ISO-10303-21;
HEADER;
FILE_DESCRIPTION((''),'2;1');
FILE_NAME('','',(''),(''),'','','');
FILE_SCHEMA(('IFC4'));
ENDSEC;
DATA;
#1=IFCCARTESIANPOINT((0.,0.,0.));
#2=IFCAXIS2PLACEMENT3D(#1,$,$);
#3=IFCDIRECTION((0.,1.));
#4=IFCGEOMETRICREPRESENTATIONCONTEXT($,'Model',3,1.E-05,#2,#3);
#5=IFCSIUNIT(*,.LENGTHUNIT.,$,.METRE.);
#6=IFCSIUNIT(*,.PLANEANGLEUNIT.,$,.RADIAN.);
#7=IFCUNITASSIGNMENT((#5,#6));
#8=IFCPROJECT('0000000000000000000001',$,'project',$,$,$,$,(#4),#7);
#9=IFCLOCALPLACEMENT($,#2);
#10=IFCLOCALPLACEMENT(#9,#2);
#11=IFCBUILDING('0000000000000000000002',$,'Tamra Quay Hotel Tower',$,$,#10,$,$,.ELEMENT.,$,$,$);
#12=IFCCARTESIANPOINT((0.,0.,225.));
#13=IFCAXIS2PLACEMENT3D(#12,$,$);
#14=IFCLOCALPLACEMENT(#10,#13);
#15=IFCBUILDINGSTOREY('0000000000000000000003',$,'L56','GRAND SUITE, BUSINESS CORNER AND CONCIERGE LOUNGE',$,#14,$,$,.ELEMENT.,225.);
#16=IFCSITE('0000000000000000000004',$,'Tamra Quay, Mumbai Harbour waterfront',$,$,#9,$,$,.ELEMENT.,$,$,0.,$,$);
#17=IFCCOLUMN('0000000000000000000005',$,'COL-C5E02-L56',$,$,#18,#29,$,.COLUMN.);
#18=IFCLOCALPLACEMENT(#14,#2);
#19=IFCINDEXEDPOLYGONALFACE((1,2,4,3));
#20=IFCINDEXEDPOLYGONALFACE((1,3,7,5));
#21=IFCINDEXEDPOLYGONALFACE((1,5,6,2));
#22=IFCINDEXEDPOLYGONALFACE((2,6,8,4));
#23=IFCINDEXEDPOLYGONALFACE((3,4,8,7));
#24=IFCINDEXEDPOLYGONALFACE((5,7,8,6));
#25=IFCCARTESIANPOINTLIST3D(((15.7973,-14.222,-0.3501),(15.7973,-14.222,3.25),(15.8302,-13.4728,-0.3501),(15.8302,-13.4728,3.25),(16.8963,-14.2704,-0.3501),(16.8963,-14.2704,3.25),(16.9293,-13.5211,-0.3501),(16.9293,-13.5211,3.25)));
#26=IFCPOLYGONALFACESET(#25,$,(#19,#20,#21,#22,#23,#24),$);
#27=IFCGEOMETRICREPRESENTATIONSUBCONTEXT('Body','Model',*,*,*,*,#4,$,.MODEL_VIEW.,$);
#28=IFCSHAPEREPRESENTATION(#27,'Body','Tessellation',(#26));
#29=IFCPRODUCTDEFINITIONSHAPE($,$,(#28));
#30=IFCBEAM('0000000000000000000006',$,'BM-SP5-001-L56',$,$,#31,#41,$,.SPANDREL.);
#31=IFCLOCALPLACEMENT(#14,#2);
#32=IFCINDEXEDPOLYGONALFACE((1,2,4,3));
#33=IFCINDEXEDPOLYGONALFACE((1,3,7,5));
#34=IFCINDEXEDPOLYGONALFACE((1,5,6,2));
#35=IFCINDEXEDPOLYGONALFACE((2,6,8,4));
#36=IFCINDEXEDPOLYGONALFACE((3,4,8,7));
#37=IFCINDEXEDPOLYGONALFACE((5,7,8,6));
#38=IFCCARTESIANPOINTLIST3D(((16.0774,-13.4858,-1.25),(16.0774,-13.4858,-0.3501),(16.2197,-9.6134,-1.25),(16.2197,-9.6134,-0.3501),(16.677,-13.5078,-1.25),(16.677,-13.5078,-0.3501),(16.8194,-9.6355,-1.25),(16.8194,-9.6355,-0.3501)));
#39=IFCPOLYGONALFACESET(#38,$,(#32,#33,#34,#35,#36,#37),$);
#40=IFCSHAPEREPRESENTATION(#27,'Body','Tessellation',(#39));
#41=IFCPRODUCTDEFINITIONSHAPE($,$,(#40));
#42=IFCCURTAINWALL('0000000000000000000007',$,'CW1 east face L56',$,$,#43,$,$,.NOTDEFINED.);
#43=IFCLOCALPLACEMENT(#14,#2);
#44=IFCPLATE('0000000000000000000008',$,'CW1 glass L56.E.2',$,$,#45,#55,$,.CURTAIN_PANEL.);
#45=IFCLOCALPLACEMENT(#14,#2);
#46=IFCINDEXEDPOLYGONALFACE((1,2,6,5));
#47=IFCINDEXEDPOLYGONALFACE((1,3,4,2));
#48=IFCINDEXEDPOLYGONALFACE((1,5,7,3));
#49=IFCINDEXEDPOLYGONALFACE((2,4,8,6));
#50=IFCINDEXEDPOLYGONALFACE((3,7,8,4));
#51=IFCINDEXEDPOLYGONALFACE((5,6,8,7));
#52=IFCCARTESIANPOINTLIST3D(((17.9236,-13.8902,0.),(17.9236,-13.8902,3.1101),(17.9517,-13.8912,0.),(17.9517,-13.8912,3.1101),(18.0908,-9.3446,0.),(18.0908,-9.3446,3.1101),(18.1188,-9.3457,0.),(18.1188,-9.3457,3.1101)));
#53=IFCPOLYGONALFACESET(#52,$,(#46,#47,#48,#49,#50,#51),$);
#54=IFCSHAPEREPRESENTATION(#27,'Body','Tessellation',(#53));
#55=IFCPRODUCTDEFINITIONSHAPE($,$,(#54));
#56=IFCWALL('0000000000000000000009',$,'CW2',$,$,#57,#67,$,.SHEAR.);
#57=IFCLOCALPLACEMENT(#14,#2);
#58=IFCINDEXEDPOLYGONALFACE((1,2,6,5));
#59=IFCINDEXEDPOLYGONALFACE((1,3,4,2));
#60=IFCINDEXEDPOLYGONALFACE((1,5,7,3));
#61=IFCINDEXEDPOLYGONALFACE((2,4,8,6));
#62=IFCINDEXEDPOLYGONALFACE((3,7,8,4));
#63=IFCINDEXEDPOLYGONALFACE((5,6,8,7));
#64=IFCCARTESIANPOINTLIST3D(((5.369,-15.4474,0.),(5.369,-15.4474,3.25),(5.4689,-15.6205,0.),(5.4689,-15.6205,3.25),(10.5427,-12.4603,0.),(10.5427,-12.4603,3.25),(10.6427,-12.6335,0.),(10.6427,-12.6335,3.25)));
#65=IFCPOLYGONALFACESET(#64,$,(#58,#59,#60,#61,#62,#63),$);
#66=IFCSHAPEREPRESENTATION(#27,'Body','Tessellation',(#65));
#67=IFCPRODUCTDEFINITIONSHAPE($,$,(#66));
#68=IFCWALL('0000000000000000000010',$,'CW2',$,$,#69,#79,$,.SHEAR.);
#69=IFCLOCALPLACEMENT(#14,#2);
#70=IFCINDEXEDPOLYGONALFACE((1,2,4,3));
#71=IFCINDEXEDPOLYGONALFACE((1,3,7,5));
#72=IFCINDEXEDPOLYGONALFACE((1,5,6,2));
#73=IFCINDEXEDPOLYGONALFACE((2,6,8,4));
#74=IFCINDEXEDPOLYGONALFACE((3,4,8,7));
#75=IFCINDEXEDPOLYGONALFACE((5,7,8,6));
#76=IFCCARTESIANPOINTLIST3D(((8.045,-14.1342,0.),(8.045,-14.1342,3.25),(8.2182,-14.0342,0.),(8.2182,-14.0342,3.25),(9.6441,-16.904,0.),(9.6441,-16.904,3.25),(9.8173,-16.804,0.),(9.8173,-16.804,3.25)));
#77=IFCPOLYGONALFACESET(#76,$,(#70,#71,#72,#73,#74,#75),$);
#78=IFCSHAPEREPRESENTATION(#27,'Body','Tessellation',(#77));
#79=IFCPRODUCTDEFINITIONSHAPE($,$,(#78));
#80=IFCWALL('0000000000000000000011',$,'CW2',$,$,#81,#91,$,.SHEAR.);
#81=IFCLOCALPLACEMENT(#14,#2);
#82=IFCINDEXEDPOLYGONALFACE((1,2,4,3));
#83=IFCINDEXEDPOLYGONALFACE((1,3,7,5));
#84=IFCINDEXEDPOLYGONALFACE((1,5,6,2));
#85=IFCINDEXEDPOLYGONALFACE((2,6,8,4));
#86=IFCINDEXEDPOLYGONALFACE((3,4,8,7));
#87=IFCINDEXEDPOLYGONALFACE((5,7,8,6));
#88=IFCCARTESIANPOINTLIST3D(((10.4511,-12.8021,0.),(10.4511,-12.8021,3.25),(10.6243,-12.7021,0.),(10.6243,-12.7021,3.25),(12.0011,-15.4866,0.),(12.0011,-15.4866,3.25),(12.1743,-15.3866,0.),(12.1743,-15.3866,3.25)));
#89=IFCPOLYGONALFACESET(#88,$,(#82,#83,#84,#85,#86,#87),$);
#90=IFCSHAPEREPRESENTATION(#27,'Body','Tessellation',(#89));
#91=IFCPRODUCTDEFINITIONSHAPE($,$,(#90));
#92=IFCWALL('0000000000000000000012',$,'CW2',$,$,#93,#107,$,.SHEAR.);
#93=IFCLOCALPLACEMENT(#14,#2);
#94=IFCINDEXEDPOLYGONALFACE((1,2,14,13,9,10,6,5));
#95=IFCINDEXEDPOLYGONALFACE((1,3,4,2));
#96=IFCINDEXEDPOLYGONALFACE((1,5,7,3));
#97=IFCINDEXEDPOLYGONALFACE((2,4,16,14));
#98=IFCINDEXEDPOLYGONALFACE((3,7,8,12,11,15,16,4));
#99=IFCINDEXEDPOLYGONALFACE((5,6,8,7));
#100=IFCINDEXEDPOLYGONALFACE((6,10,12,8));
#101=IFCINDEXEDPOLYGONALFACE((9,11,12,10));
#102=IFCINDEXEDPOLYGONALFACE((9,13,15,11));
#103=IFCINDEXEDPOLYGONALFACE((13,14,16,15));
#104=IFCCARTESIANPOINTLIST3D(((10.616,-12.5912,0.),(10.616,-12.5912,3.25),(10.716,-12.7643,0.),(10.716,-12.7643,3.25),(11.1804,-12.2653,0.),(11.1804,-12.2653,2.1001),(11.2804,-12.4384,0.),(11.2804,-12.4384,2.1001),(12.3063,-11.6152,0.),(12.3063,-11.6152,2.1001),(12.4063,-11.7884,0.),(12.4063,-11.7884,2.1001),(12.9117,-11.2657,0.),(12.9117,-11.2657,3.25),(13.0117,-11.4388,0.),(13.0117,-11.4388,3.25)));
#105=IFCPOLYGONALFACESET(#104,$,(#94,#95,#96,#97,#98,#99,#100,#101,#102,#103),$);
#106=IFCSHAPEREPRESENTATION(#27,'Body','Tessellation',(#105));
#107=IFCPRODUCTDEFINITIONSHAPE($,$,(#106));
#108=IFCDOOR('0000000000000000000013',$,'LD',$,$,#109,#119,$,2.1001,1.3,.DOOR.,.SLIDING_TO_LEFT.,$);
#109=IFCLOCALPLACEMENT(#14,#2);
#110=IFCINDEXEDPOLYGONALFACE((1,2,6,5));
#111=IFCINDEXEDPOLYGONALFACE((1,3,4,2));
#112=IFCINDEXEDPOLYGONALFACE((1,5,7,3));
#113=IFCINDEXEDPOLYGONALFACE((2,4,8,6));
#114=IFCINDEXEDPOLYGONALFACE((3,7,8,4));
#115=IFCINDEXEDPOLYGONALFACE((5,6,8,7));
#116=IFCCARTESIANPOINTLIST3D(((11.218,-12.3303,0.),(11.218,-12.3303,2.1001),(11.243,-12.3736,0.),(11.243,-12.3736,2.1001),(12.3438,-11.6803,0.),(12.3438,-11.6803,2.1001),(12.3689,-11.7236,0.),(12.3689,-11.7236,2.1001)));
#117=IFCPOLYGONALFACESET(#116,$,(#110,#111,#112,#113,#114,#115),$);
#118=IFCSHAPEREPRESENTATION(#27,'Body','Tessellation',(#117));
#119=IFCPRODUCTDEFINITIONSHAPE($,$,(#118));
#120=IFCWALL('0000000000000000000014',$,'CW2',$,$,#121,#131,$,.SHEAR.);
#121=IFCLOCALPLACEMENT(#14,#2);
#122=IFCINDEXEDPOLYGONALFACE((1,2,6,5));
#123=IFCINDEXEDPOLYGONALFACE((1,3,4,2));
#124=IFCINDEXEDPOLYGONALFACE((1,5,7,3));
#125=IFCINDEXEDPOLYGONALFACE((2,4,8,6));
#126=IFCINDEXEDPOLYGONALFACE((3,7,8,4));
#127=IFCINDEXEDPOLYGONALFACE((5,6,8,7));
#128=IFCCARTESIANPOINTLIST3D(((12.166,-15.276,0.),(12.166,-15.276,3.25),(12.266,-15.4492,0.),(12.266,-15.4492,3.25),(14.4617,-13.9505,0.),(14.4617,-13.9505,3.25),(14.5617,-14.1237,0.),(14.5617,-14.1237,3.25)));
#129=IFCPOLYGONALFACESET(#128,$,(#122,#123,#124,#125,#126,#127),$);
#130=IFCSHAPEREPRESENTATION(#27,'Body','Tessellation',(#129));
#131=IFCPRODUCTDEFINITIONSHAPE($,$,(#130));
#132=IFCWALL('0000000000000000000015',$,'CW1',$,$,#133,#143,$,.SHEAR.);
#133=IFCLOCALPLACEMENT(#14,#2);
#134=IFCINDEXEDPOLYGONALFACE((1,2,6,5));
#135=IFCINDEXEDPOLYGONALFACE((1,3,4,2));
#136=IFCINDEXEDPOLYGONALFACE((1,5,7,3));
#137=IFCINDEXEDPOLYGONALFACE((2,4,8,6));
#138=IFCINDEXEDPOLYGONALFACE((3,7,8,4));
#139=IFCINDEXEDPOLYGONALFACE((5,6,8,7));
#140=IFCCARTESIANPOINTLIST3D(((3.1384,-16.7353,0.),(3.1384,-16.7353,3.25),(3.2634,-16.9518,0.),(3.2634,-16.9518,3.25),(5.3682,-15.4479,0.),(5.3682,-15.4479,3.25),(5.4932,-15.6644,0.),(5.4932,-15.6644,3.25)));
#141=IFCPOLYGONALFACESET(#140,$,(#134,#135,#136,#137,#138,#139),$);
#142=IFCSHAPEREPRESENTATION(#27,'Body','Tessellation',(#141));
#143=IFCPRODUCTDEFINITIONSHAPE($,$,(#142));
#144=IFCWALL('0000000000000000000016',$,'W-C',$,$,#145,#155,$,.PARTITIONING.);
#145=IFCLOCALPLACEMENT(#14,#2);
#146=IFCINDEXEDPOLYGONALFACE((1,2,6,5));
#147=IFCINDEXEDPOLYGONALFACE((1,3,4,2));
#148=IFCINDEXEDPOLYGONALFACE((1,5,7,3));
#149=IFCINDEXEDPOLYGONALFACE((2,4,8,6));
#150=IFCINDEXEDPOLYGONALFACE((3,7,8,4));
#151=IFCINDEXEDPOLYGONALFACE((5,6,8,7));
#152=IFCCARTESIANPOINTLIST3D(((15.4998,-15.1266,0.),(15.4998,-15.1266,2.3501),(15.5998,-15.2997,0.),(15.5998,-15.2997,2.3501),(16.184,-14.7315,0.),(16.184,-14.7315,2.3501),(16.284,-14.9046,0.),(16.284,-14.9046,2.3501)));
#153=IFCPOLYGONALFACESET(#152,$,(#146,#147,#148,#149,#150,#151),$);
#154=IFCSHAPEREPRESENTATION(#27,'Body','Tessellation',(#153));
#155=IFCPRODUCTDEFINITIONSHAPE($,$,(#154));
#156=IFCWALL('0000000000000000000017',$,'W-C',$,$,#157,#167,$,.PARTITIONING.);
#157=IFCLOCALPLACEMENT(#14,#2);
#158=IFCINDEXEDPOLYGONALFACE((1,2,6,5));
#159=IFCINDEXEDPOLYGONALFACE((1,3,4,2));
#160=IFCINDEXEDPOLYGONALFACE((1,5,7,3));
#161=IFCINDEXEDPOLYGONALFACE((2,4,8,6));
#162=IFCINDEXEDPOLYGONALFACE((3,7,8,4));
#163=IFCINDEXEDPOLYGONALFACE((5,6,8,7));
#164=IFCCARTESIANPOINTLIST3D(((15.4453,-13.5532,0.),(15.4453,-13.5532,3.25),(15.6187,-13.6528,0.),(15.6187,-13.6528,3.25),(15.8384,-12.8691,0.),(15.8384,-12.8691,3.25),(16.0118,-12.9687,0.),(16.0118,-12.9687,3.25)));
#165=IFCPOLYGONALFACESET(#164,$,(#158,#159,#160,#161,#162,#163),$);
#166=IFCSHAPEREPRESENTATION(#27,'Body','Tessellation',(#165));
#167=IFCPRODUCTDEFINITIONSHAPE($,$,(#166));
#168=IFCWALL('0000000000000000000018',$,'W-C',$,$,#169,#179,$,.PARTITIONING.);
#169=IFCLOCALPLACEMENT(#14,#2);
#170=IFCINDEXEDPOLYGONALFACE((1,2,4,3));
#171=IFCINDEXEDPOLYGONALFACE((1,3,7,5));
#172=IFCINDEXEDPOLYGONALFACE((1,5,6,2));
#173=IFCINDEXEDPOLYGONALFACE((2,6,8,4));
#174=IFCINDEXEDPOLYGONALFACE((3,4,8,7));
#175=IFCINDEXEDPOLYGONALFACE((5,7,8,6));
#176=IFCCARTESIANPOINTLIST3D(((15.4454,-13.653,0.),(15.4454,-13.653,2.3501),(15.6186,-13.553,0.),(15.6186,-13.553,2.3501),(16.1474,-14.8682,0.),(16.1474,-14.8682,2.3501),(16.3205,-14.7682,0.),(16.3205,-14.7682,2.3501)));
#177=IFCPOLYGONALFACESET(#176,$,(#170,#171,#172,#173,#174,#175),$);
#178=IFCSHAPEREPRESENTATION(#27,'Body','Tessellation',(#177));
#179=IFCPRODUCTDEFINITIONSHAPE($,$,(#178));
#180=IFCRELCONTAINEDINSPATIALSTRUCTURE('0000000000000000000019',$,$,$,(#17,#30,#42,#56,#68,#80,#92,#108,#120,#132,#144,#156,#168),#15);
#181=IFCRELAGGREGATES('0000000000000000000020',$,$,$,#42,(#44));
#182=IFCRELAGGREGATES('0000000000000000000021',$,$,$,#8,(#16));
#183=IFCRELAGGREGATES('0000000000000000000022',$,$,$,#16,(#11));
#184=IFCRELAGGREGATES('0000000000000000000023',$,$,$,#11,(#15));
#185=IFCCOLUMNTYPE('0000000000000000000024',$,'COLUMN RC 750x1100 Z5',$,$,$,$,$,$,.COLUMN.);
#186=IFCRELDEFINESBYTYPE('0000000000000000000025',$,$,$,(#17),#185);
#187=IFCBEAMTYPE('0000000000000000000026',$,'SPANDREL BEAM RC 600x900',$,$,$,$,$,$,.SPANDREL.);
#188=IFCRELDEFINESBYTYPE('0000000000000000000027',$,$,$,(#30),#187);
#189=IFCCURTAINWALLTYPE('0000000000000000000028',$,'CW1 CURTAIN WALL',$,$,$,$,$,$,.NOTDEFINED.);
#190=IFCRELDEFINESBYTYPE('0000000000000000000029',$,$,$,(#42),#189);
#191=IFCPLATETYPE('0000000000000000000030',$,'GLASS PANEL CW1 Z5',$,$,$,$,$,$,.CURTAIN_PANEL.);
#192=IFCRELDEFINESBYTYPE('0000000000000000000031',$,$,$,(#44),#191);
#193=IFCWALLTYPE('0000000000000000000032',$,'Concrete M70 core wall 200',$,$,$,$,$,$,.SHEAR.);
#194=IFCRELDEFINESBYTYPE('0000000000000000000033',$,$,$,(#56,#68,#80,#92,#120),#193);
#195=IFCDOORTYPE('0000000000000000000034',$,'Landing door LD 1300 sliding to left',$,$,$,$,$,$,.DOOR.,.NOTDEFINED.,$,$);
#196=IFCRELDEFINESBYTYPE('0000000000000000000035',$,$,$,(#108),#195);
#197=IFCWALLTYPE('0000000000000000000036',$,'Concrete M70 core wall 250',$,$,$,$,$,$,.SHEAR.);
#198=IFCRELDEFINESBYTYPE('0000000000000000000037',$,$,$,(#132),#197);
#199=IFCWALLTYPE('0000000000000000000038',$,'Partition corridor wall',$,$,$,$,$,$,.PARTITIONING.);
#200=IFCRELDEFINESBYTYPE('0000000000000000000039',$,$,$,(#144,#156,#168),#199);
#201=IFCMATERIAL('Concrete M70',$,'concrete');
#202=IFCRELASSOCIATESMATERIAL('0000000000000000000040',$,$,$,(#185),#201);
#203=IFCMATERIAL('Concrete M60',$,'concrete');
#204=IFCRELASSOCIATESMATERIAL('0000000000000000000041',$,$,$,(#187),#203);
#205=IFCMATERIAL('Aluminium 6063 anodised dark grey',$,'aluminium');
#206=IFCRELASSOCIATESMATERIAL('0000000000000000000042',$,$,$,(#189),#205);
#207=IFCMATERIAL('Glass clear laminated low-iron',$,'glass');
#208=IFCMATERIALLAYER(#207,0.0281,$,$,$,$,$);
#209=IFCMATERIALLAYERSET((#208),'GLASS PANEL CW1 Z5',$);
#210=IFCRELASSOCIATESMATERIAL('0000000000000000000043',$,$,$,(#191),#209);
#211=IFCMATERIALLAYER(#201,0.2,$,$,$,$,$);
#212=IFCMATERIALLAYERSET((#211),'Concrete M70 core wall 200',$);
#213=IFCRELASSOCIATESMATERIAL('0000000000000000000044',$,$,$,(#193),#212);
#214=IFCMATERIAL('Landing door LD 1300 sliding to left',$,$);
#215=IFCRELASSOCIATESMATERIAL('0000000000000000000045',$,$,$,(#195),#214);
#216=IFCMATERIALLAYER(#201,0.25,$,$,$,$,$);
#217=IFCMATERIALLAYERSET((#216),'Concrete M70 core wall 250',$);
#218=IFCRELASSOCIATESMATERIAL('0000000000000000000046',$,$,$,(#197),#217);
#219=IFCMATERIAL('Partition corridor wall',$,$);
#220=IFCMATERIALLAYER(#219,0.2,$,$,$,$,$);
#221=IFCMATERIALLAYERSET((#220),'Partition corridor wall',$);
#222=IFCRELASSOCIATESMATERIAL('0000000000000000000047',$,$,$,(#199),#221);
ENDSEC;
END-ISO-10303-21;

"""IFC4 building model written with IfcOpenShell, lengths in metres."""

from ifc_helpers import new_model, si_unit, direction, frame, frame_2d, origin, origin_2d, place, context, subcontext, project, spatial, rectangle, extrude, material, layer, layer_set, material_profile, profile_set, type_object, element, fill, aggregate, save


model = new_model("IFC4")

# Units and contexts
model_context = context("Model", 3, precision=1e-05, world=origin(), true_north=direction((0.0, 1.0)))
body_context = subcontext(model_context, "Body", "Model", "MODEL_VIEW")
ifc_project = project(units=[si_unit("LENGTHUNIT", "METRE"), si_unit("PLANEANGLEUNIT", "RADIAN")], contexts=[model_context])

# Site, building, storey
site_placement = place(None, origin())
site = spatial("IfcSite", under=ifc_project, at=site_placement, Name="Tamra Quay, Mumbai Harbour waterfront", CompositionType="ELEMENT", RefElevation=0.0)
building_placement = place(site_placement, origin())
building = spatial("IfcBuilding", under=site, at=building_placement, Name="Tamra Quay Hotel Tower", CompositionType="ELEMENT")
storey_placement = place(building_placement, frame((0.0, 0.0, 225.0)))
storey = spatial("IfcBuildingStorey", under=building, at=storey_placement, Name="L56", Description="GRAND SUITE, BUSINESS CORNER AND CONCIERGE LOUNGE", CompositionType="ELEMENT", Elevation=225.0)

# Column
ifc_material_1 = material(Name="Concrete M70", Category="concrete")
ifc_material_profile_1 = material_profile(ifc_material_1, rectangle(XDim=1.1001, YDim=0.75, at=origin_2d()), Name="COLUMN RC 750x1100 Z5")
ifc_profile_set_1 = profile_set([ifc_material_profile_1], Name="Concrete M70")
column_type = type_object("IfcColumnType", Name="COLUMN RC 750x1100 Z5", PredefinedType="COLUMN", material=ifc_profile_set_1)
column_placement = place(storey_placement, frame((16.3633, -13.8716, -0.3501), z_axis=(0.0, 0.0, 1.0), x_axis=(-0.999033, 0.043958, 0.0)))
element("IfcColumn", 1, at=column_placement, inside=storey, type_object=column_type, Name="COL-C5E02-L56", PredefinedType="COLUMN", context=body_context, shape_type="SweptSolid", body=[
    extrude(rectangle(XDim=1.1001, YDim=0.75, at=origin_2d()), origin(), (0.0, 0.0, 1.0), 3.6001),
])

# Beam
ifc_material_2 = material(Name="Concrete M60", Category="concrete")
ifc_material_profile_2 = material_profile(ifc_material_2, rectangle(XDim=0.6001, YDim=0.8999, at=origin_2d()), Name="SPANDREL BEAM RC 600x900")
ifc_profile_set_2 = profile_set([ifc_material_profile_2], Name="Concrete M60")
beam_type = type_object("IfcBeamType", Name="SPANDREL BEAM RC 600x900", PredefinedType="SPANDREL", material=ifc_profile_set_2)
beam_placement = place(storey_placement, frame((16.3772, -13.4968, -0.8), z_axis=(0.036732, 0.999325, 0.0), x_axis=(-0.999325, 0.036732, 0.0)))
element("IfcBeam", 2, at=beam_placement, inside=storey, type_object=beam_type, Name="BM-SP5-001-L56", PredefinedType="SPANDREL", context=body_context, shape_type="SweptSolid", body=[
    extrude(rectangle(XDim=0.6001, YDim=0.8999, at=origin_2d()), origin(), (0.0, 0.0, 1.0), 3.875),
])

# Curtain wall, plate
ifc_material_3 = material(Name="Aluminium 6063 anodised dark grey", Category="aluminium")
curtain_wall_type = type_object("IfcCurtainWallType", Name="CW1 CURTAIN WALL", PredefinedType="NOTDEFINED", material=ifc_material_3)
curtain_wall_placement = place(storey_placement, origin())
curtain_wall = element("IfcCurtainWall", 3, at=curtain_wall_placement, inside=storey, type_object=curtain_wall_type, Name="CW1 east face L56", PredefinedType="NOTDEFINED")
ifc_material_4 = material(Name="Glass clear laminated low-iron", Category="glass")
ifc_layer_1 = layer(ifc_material_4, 0.0281)
ifc_layer_set_1 = layer_set([ifc_layer_1], Name="GLASS PANEL CW1 Z5")
plate_type = type_object("IfcPlateType", Name="GLASS PANEL CW1 Z5", PredefinedType="CURTAIN_PANEL", material=ifc_layer_set_1)
plate_placement = place(storey_placement, frame((18.0212, -11.6179, 0.0), z_axis=(0.0, 0.0, 1.0), x_axis=(0.036745, 0.999325, 0.0)))
plate = element("IfcPlate", 4, at=plate_placement, type_object=plate_type, Name="CW1 glass L56.E.2", PredefinedType="CURTAIN_PANEL", context=body_context, shape_type="SweptSolid", body=[
    extrude(rectangle(XDim=4.5486, YDim=0.0281, at=origin_2d()), origin(), (0.0, 0.0, 1.0), 3.1101),
])
aggregate(curtain_wall, [plate])

# Walls
ifc_layer_2 = layer(ifc_material_1, 0.2)
ifc_layer_set_2 = layer_set([ifc_layer_2], Name="Concrete M70 core wall 200")
wall_type_1 = type_object("IfcWallType", Name="Concrete M70 core wall 200", PredefinedType="SHEAR", material=ifc_layer_set_2)
wall_1_placement = place(storey_placement, frame((5.4189, -15.5339, 0.0), z_axis=(0.0, 0.0, 1.0), x_axis=(0.866029, 0.499994, 0.0)))
element("IfcWall", 5, at=wall_1_placement, inside=storey, type_object=wall_type_1, Name="CW2", PredefinedType="SHEAR", context=body_context, shape_type="SweptSolid", body=[
    extrude(rectangle(XDim=5.9741, YDim=0.2, at=frame_2d((2.9871, 0.0))), origin(), (0.0, 0.0, 1.0), 3.25),
])
wall_2_placement = place(storey_placement, frame((8.1316, -14.0842, 0.0), z_axis=(0.0, 0.0, 1.0), x_axis=(0.499998, -0.866027, 0.0)))
element("IfcWall", 6, at=wall_2_placement, inside=storey, type_object=wall_type_1, Name="CW2", PredefinedType="SHEAR", context=body_context, shape_type="SweptSolid", body=[
    extrude(rectangle(XDim=3.1982, YDim=0.2, at=frame_2d((1.5991, 0.0))), origin(), (0.0, 0.0, 1.0), 3.25),
])
wall_3_placement = place(storey_placement, frame((12.0876, -15.4365, 0.0), z_axis=(0.0, 0.0, 1.0), x_axis=(-0.500027, 0.86601, 0.0)))
element("IfcWall", 7, at=wall_3_placement, inside=storey, type_object=wall_type_1, Name="CW2", PredefinedType="SHEAR", context=body_context, shape_type="SweptSolid", body=[
    extrude(rectangle(XDim=3.0999, YDim=0.2, at=frame_2d((1.5498, 0.0))), origin(), (0.0, 0.0, 1.0), 3.25),
])

# Wall, opening, door
wall_4_placement = place(storey_placement, frame((10.666, -12.6777, 0.0), z_axis=(0.0, 0.0, 1.0), x_axis=(0.866018, 0.500012, 0.0)))
wall_4 = element("IfcWall", 8, at=wall_4_placement, inside=storey, type_object=wall_type_1, Name="CW2", PredefinedType="SHEAR", context=body_context, shape_type="SweptSolid", body=[
    extrude(rectangle(XDim=2.6509, YDim=0.2, at=frame_2d((1.3254, 0.0))), origin(), (0.0, 0.0, 1.0), 3.25),
])
opening_placement = place(wall_4_placement, frame((0.6519, 0.0, 0.0)))
opening = element("IfcOpeningElement", 9, at=opening_placement, cuts=wall_4, PredefinedType="OPENING", context=body_context, shape_type="SweptSolid", body=[
    extrude(rectangle(XDim=1.3, YDim=2.1001, at=frame_2d((0.6499, 1.05))), frame((0.0, 0.1099, 0.0), z_axis=(0.0, -1.0, 0.0), x_axis=(1.0, 0.0, 0.0)), (0.0, 0.0, 1.0), 0.22),
])
ifc_material_5 = material(Name="Landing door LD 1300 sliding to left")
door_type = type_object("IfcDoorType", Name="Landing door LD 1300 sliding to left", OperationType="NOTDEFINED", PredefinedType="DOOR", material=ifc_material_5)
door_placement = place(opening_placement, origin())
door = element("IfcDoor", 10, at=door_placement, inside=storey, type_object=door_type, Name="LD", OperationType="SLIDING_TO_LEFT", OverallHeight=2.1001, OverallWidth=1.3, PredefinedType="DOOR", context=body_context, shape_type="SweptSolid", body=[
    extrude(rectangle(XDim=1.3, YDim=2.1001, at=frame_2d((0.6499, 1.05))), frame((0.0, 0.0249, 0.0), z_axis=(0.0, -1.0, 0.0), x_axis=(1.0, 0.0, 0.0)), (0.0, 0.0, 1.0), 0.05),
])
fill(opening, door)

# Walls
wall_5_placement = place(storey_placement, frame((14.5117, -14.0371, 0.0), z_axis=(0.0, 0.0, 1.0), x_axis=(-0.866018, -0.500012, 0.0)))
element("IfcWall", 11, at=wall_5_placement, inside=storey, type_object=wall_type_1, Name="CW2", PredefinedType="SHEAR", context=body_context, shape_type="SweptSolid", body=[
    extrude(rectangle(XDim=2.6509, YDim=0.2, at=frame_2d((1.3254, 0.0))), origin(), (0.0, 0.0, 1.0), 3.25),
])
ifc_layer_3 = layer(ifc_material_1, 0.25)
ifc_layer_set_3 = layer_set([ifc_layer_3], Name="Concrete M70 core wall 250")
wall_type_2 = type_object("IfcWallType", Name="Concrete M70 core wall 250", PredefinedType="SHEAR", material=ifc_layer_set_3)
wall_6_placement = place(storey_placement, frame((5.4307, -15.5562, 0.0), z_axis=(0.0, 0.0, 1.0), x_axis=(-0.866023, -0.500004, 0.0)))
element("IfcWall", 12, at=wall_6_placement, inside=storey, type_object=wall_type_2, Name="CW1", PredefinedType="SHEAR", context=body_context, shape_type="SweptSolid", body=[
    extrude(rectangle(XDim=2.5747, YDim=0.25, at=frame_2d((1.2874, 0.0))), origin(), (0.0, 0.0, 1.0), 3.25),
])
ifc_material_6 = material(Name="Partition corridor wall")
ifc_layer_4 = layer(ifc_material_6, 0.2)
ifc_layer_set_4 = layer_set([ifc_layer_4], Name="Partition corridor wall")
wall_type_3 = type_object("IfcWallType", Name="Partition corridor wall", PredefinedType="PARTITIONING", material=ifc_layer_set_4)
wall_7_placement = place(storey_placement, frame((15.5498, -15.2131, 0.0), z_axis=(0.0, 0.0, 1.0), x_axis=(0.86599, 0.500061, 0.0)))
element("IfcWall", 13, at=wall_7_placement, inside=storey, type_object=wall_type_3, Name="W-C", PredefinedType="PARTITIONING", context=body_context, shape_type="SweptSolid", body=[
    extrude(rectangle(XDim=0.79, YDim=0.2, at=frame_2d((0.395, 0.0))), origin(), (0.0, 0.0, 1.0), 2.3501),
])
wall_8_placement = place(storey_placement, frame((15.532, -13.603, 0.0), z_axis=(0.0, 0.0, 1.0), x_axis=(0.498204, 0.86706, 0.0)))
element("IfcWall", 14, at=wall_8_placement, inside=storey, type_object=wall_type_3, Name="W-C", PredefinedType="PARTITIONING", context=body_context, shape_type="SweptSolid", body=[
    extrude(rectangle(XDim=0.7891, YDim=0.2, at=frame_2d((0.3945, 0.0))), origin(), (0.0, 0.0, 1.0), 3.25),
])
wall_9_placement = place(storey_placement, frame((15.532, -13.603, 0.0), z_axis=(0.0, 0.0, 1.0), x_axis=(0.500199, -0.86591, 0.0)))
element("IfcWall", 15, at=wall_9_placement, inside=storey, type_object=wall_type_3, Name="W-C", PredefinedType="PARTITIONING", context=body_context, shape_type="SweptSolid", body=[
    extrude(rectangle(XDim=1.4033, YDim=0.2, at=frame_2d((0.7017, 0.0))), origin(), (0.0, 0.0, 1.0), 2.3501),
])

save(model, "model.ifc")
